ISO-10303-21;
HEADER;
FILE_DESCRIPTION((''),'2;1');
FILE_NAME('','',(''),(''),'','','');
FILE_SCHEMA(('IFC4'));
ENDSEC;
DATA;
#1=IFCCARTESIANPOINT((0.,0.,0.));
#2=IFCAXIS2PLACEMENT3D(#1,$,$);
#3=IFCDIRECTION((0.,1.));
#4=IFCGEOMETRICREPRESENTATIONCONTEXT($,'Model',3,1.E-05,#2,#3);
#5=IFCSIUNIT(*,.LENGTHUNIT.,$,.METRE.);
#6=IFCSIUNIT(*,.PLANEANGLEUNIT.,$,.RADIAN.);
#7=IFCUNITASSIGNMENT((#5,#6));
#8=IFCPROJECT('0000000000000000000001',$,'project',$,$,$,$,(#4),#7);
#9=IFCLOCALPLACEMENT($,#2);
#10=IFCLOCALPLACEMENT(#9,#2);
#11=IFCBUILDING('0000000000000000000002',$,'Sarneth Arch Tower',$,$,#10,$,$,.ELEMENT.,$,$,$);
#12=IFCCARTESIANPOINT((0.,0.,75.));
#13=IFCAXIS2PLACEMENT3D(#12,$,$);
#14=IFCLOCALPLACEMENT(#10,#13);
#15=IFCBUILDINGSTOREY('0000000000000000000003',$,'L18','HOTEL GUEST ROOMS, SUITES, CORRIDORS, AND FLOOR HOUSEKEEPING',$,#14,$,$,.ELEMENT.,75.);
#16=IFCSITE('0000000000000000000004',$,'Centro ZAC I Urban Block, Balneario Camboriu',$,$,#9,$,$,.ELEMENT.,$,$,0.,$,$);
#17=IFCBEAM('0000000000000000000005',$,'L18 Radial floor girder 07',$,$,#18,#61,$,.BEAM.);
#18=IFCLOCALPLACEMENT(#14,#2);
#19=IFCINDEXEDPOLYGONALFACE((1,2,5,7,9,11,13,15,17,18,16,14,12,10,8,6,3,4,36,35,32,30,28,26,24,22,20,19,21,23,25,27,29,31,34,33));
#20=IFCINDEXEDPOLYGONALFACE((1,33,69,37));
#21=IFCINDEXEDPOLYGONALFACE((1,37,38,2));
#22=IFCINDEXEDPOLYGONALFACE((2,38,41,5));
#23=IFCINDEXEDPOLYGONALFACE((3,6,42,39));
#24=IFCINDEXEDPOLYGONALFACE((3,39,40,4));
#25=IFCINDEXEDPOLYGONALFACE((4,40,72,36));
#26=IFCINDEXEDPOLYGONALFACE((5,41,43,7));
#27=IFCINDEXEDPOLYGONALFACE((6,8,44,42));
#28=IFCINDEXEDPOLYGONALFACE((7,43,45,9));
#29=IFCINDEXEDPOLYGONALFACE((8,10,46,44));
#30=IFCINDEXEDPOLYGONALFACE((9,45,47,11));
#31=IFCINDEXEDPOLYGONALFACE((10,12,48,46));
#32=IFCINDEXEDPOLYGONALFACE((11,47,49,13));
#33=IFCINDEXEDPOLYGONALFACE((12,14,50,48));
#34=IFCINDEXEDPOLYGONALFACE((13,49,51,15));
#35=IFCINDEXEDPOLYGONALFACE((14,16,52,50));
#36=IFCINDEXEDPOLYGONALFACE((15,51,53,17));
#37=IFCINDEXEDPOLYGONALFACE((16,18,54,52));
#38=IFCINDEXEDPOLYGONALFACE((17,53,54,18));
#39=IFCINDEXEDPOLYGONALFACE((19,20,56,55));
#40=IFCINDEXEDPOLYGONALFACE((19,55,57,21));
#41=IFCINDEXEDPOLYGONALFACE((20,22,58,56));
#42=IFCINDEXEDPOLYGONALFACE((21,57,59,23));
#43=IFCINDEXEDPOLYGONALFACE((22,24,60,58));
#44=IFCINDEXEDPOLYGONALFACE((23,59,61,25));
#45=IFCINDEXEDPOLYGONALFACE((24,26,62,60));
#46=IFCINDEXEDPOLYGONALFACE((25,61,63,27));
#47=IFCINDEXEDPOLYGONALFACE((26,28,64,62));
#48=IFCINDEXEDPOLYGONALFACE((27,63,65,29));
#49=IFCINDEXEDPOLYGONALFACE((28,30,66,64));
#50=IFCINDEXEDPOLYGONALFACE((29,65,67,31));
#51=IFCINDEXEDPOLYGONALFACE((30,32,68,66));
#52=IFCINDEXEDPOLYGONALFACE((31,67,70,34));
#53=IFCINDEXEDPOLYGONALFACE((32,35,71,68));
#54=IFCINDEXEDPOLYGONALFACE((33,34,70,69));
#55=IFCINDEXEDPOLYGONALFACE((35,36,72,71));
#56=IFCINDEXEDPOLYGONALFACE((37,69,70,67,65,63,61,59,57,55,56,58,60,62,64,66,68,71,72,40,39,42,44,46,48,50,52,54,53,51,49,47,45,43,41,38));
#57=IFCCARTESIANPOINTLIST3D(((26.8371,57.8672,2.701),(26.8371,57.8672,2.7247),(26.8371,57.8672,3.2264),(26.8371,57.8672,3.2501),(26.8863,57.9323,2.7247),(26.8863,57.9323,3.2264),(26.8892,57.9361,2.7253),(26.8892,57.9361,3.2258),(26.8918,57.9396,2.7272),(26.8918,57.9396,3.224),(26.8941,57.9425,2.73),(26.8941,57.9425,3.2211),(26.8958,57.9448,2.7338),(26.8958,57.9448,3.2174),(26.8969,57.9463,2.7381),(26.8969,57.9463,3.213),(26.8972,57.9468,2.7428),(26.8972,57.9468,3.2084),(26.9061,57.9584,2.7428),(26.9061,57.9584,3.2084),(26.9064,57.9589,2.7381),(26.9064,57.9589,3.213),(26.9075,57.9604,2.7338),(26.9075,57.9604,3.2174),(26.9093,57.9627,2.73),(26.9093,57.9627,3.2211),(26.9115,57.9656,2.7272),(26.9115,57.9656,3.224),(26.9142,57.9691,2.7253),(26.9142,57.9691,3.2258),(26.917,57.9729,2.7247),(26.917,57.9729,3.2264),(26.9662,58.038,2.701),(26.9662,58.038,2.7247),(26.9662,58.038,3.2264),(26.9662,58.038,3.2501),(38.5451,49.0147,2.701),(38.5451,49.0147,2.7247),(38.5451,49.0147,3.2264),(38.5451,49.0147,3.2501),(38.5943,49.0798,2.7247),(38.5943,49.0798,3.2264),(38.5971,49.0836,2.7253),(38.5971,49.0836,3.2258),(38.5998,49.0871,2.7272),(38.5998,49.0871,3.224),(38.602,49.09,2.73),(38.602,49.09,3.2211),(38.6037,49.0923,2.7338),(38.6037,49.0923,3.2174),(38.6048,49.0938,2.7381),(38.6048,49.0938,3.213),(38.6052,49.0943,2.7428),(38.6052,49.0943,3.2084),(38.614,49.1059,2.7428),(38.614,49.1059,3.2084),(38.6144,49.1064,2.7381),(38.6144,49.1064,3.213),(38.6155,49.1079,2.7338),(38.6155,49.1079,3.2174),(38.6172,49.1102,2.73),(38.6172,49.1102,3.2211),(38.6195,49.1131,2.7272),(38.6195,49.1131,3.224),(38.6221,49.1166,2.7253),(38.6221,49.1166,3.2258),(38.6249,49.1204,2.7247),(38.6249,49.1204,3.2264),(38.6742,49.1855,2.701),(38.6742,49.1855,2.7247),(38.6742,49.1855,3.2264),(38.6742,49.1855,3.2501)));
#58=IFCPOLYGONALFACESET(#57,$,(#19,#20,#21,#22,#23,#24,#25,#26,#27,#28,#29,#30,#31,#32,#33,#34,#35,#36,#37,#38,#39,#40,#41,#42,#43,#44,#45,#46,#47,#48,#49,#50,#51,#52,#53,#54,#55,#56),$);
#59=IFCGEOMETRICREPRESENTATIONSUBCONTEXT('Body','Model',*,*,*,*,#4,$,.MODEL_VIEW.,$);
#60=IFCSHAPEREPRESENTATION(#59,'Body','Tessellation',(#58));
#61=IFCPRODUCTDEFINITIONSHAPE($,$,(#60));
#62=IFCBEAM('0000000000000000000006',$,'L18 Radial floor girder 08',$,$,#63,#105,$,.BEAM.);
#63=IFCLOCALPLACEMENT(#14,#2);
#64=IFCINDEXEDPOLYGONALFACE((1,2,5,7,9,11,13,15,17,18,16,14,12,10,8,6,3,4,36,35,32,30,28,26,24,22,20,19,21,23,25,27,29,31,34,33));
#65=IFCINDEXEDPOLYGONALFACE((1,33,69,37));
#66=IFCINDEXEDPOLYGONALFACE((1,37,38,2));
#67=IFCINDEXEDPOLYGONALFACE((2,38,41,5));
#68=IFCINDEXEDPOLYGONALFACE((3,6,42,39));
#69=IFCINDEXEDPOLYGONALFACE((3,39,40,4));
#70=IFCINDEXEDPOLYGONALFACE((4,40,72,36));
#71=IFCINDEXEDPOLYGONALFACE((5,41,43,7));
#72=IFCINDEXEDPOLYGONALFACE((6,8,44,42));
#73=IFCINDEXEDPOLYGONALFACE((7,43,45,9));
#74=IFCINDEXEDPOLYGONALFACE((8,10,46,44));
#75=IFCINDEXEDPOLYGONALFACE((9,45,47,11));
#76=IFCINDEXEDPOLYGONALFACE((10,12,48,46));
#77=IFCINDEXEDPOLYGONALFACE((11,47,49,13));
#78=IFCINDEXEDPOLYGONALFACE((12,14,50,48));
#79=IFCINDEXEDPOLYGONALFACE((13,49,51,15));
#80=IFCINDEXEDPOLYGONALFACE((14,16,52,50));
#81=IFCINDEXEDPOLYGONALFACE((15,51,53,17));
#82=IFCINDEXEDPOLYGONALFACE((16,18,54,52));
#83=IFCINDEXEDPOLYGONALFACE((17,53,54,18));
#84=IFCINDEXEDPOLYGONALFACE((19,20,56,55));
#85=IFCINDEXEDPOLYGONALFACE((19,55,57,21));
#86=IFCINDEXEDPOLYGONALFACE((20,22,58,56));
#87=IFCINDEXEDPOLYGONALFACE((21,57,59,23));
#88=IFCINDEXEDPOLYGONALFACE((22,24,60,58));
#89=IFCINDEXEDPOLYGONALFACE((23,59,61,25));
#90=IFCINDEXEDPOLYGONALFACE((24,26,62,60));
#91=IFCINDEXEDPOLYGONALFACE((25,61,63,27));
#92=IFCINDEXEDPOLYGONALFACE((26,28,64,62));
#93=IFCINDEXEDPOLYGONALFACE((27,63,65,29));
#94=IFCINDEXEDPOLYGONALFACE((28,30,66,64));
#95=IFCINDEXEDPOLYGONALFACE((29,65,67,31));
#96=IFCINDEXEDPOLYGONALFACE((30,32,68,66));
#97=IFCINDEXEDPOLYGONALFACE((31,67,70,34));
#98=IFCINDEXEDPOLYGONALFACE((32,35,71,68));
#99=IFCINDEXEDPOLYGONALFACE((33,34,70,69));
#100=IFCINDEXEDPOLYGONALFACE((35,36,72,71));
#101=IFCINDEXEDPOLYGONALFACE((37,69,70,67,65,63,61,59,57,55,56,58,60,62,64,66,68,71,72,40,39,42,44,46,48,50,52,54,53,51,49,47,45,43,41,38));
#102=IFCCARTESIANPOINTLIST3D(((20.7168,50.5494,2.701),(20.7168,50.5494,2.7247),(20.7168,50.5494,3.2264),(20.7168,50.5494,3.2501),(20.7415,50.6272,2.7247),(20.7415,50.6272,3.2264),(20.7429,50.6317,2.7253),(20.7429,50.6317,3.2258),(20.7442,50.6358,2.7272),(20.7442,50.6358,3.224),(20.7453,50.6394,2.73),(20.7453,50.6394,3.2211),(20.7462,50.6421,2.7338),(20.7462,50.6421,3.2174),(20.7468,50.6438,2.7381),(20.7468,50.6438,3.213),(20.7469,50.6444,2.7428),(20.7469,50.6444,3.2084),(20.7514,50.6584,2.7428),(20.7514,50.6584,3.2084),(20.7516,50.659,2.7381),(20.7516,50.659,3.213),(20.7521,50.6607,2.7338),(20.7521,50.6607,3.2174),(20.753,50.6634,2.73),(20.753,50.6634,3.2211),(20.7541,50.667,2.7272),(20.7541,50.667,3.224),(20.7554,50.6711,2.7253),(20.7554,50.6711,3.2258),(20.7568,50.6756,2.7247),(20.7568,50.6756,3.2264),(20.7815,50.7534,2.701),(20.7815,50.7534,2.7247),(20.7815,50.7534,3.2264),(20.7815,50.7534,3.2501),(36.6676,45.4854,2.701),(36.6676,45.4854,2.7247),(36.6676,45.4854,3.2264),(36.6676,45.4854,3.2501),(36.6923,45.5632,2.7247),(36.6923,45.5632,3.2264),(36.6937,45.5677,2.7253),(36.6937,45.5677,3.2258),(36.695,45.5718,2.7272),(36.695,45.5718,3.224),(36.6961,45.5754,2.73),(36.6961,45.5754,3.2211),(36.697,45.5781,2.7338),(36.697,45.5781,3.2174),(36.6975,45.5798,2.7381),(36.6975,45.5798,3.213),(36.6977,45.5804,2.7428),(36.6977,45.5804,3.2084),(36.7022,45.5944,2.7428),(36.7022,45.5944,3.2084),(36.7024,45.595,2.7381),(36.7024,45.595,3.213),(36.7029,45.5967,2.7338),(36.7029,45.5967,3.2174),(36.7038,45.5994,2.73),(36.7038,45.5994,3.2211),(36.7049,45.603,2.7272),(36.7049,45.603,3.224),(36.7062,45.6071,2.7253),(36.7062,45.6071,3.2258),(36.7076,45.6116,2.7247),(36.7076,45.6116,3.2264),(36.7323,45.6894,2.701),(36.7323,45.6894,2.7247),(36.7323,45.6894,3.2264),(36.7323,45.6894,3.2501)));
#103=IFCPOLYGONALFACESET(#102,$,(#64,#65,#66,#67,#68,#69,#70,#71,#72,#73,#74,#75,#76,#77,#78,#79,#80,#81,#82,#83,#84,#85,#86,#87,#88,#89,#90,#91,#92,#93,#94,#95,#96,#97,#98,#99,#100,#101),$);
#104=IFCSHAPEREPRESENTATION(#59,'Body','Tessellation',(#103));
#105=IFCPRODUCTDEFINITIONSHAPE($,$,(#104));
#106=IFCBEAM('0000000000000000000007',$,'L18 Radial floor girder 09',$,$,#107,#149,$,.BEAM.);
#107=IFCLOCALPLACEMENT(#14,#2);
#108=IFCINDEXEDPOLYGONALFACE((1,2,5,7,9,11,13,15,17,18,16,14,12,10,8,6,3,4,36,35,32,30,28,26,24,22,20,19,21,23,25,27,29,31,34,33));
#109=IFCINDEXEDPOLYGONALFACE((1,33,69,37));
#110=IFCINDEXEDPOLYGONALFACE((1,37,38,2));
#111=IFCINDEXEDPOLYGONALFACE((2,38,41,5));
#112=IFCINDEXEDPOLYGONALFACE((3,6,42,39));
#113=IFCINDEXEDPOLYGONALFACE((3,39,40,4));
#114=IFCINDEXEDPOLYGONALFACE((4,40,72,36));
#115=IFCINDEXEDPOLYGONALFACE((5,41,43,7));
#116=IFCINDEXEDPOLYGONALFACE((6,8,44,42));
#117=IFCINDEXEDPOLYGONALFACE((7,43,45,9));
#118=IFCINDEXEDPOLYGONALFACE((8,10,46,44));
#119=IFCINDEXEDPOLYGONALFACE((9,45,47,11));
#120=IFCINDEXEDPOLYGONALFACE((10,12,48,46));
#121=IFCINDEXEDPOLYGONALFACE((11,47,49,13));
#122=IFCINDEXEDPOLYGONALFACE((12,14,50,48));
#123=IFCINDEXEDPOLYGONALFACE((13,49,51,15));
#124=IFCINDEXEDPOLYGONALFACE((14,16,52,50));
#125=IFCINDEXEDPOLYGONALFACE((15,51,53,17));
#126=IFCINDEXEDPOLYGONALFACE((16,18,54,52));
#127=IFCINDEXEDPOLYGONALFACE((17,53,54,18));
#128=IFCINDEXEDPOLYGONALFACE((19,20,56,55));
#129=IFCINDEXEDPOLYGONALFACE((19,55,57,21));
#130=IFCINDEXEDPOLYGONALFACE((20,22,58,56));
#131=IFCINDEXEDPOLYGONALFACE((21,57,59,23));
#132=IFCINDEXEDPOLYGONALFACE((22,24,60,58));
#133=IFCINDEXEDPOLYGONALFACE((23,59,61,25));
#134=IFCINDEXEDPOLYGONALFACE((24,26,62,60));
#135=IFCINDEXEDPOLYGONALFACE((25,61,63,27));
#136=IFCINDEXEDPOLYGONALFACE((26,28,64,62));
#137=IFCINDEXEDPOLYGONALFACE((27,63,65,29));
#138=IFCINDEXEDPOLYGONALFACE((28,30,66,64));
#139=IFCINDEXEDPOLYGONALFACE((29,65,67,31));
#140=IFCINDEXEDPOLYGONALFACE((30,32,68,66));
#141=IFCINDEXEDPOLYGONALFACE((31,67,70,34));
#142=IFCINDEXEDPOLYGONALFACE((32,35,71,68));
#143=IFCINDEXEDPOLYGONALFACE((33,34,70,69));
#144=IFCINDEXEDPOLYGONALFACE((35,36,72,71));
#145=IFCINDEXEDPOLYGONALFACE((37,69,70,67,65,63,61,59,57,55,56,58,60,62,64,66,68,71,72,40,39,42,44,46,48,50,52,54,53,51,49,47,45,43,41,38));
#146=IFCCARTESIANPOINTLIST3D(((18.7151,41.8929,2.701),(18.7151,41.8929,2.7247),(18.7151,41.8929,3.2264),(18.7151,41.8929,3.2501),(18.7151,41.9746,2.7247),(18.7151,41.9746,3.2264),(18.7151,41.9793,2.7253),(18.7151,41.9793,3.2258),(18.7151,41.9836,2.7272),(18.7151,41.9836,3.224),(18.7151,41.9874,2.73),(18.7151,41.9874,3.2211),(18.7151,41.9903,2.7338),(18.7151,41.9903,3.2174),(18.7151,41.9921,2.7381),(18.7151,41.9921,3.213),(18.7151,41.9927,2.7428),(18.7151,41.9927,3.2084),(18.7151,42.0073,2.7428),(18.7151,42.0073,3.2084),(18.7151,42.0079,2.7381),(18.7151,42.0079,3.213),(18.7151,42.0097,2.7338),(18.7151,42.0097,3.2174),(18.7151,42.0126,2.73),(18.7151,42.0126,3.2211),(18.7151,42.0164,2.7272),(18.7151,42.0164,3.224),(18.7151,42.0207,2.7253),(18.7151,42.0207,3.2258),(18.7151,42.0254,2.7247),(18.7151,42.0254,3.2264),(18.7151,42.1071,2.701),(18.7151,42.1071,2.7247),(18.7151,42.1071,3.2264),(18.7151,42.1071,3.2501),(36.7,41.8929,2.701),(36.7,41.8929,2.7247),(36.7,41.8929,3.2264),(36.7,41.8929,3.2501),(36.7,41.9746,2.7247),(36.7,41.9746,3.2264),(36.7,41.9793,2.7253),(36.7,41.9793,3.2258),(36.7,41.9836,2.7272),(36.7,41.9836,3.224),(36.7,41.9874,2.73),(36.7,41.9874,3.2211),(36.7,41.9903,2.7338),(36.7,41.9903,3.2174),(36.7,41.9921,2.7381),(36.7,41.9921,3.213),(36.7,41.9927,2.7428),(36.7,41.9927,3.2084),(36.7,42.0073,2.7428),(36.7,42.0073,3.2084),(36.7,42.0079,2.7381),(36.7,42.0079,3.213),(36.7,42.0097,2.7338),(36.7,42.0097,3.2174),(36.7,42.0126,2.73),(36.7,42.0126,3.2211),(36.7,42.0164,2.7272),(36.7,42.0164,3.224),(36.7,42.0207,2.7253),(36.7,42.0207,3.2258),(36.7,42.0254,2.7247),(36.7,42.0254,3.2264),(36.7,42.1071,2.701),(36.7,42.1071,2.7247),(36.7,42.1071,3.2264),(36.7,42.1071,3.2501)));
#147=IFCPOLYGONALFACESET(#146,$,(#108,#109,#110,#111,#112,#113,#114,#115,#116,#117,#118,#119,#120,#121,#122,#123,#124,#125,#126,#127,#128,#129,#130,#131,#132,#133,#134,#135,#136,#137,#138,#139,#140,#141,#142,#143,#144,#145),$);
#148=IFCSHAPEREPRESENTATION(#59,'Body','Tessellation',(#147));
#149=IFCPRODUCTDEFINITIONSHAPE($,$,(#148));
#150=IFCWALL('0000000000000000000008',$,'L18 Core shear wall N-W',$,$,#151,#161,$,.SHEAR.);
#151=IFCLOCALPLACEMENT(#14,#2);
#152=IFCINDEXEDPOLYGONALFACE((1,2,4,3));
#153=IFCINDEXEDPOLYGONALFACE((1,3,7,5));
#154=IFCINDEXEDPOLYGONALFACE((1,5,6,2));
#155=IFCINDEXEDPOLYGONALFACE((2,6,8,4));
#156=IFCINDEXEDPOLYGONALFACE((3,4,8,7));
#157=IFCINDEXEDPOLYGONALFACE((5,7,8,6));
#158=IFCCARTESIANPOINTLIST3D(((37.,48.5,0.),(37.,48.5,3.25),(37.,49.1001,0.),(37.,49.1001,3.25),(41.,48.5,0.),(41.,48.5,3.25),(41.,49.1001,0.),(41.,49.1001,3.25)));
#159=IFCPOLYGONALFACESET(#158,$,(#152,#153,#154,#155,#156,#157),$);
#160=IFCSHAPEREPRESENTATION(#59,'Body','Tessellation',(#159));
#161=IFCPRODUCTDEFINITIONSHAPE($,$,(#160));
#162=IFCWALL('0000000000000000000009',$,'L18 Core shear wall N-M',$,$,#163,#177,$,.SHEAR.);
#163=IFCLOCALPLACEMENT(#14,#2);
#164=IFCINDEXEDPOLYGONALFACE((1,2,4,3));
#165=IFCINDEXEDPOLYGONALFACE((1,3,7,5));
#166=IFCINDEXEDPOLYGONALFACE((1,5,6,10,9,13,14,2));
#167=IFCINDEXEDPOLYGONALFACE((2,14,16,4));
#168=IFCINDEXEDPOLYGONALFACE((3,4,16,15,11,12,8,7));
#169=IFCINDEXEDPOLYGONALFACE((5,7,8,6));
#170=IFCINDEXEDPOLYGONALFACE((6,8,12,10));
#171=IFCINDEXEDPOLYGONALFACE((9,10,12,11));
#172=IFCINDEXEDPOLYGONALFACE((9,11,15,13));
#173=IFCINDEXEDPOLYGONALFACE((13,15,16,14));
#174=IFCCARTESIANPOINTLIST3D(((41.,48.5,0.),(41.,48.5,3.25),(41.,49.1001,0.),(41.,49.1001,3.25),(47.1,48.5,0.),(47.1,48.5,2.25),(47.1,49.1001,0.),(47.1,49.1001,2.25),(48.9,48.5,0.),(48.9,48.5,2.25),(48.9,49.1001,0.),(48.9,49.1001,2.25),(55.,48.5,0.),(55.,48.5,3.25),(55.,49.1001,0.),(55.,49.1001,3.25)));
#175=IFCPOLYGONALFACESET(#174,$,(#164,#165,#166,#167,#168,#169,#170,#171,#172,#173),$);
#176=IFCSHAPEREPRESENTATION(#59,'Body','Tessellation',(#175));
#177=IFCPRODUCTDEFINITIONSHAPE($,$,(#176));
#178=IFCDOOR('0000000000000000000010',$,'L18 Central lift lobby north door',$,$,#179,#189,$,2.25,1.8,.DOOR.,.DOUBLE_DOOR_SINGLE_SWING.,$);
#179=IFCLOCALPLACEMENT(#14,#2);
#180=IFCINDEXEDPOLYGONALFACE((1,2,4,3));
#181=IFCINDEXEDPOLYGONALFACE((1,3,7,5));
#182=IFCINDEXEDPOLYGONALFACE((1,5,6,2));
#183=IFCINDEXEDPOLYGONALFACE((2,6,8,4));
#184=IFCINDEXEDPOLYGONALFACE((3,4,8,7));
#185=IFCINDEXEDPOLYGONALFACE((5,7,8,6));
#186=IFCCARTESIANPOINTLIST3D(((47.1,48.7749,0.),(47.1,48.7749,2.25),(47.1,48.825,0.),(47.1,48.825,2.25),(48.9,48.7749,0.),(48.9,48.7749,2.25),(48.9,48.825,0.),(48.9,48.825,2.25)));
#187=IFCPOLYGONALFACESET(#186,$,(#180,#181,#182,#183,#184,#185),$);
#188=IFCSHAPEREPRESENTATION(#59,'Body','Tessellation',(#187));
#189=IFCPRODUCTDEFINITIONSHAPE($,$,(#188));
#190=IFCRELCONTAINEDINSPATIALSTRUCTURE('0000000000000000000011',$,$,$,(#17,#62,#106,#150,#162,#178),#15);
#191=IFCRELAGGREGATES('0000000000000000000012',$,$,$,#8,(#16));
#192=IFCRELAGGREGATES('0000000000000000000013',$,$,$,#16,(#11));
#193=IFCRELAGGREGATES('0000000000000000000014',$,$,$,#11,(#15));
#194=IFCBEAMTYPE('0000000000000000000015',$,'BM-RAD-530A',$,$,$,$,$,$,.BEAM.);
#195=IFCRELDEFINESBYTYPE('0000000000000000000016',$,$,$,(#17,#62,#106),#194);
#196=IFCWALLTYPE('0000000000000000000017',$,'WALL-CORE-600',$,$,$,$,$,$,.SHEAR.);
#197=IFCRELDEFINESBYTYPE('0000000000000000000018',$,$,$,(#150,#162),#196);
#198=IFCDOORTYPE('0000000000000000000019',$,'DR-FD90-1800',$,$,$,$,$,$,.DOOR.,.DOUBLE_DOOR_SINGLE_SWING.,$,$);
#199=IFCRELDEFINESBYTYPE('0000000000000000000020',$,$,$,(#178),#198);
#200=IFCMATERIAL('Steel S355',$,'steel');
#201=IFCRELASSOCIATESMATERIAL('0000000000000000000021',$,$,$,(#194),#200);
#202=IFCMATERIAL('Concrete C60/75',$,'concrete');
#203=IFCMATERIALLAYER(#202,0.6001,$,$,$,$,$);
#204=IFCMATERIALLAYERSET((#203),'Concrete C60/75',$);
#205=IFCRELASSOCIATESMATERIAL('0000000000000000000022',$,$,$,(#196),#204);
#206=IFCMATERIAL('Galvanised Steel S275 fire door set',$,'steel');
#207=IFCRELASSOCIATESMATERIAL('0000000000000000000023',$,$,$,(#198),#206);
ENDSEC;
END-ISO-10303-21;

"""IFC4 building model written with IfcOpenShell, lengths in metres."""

from ifc_helpers import new_model, si_unit, direction, frame, frame_2d, origin, origin_2d, place, context, subcontext, project, spatial, rectangle, i_section, extrude, material, layer, layer_set, material_profile, profile_set, type_object, element, fill, save


model = new_model("IFC4")

# Units and contexts
model_context = context("Model", 3, precision=1e-05, world=origin(), true_north=direction((0.0, 1.0)))
body_context = subcontext(model_context, "Body", "Model", "MODEL_VIEW")
ifc_project = project(units=[si_unit("LENGTHUNIT", "METRE"), si_unit("PLANEANGLEUNIT", "RADIAN")], contexts=[model_context])

# Site, building, storey
site_placement = place(None, origin())
site = spatial("IfcSite", under=ifc_project, at=site_placement, Name="Centro ZAC I Urban Block, Balneario Camboriu", CompositionType="ELEMENT", RefElevation=0.0)
building_placement = place(site_placement, origin())
building = spatial("IfcBuilding", under=site, at=building_placement, Name="Sarneth Arch Tower", CompositionType="ELEMENT")
storey_placement = place(building_placement, frame((0.0, 0.0, 75.0)))
storey = spatial("IfcBuildingStorey", under=building, at=storey_placement, Name="L18", Description="HOTEL GUEST ROOMS, SUITES, CORRIDORS, AND FLOOR HOUSEKEEPING", CompositionType="ELEMENT", Elevation=75.0)

# Beams
ifc_material_1 = material(Name="Steel S355", Category="steel")
ifc_material_profile = material_profile(ifc_material_1, i_section(OverallWidth=0.2141, OverallDepth=0.5491, WebThickness=0.0146, FlangeThickness=0.0237, FilletRadius=0.0181, at=origin_2d()), Name="W530x138")
ifc_profile_set = profile_set([ifc_material_profile], Name="Steel S355")
beam_type = type_object("IfcBeamType", Name="BM-RAD-530A", PredefinedType="BEAM", material=ifc_profile_set)
beam_1_placement = place(storey_placement, frame((38.6096, 49.1001, 2.9756), z_axis=(-0.797655, 0.603114, 0.0), x_axis=(-0.603114, -0.797655, 0.0)))
element("IfcBeam", 1, at=beam_1_placement, inside=storey, type_object=beam_type, Name="L18 Radial floor girder 07", PredefinedType="BEAM", context=body_context, shape_type="SweptSolid", body=[
    extrude(i_section(OverallWidth=0.2141, OverallDepth=0.5491, WebThickness=0.0146, FlangeThickness=0.0237, FilletRadius=0.0181, at=origin_2d()), origin(), (0.0, 0.0, 1.0), 14.678),
])
beam_2_placement = place(storey_placement, frame((36.7, 45.5874, 2.9756), z_axis=(-0.95312, 0.302593, 0.0), x_axis=(-0.302593, -0.95312, 0.0)))
element("IfcBeam", 2, at=beam_2_placement, inside=storey, type_object=beam_type, Name="L18 Radial floor girder 08", PredefinedType="BEAM", context=body_context, shape_type="SweptSolid", body=[
    extrude(i_section(OverallWidth=0.2141, OverallDepth=0.5491, WebThickness=0.0146, FlangeThickness=0.0237, FilletRadius=0.0181, at=origin_2d()), origin(), (0.0, 0.0, 1.0), 16.7354),
])
beam_3_placement = place(storey_placement, frame((36.7, 42.0, 2.9756), z_axis=(-1.0, 0.0, 0.0), x_axis=(0.0, -1.0, 0.0)))
element("IfcBeam", 3, at=beam_3_placement, inside=storey, type_object=beam_type, Name="L18 Radial floor girder 09", PredefinedType="BEAM", context=body_context, shape_type="SweptSolid", body=[
    extrude(i_section(OverallWidth=0.2141, OverallDepth=0.5491, WebThickness=0.0146, FlangeThickness=0.0237, FilletRadius=0.0181, at=origin_2d()), origin(), (0.0, 0.0, 1.0), 17.9849),
])

# Wall
ifc_material_2 = material(Name="Concrete C60/75", Category="concrete")
ifc_layer_1 = layer(ifc_material_2, 0.6001)
ifc_layer_set_1 = layer_set([ifc_layer_1], Name="Concrete C60/75")
wall_type_1 = type_object("IfcWallType", Name="WALL-CORE-600", PredefinedType="SHEAR", material=ifc_layer_set_1)
wall_1_placement = place(storey_placement, frame((37.0, 48.8, 0.0), z_axis=(0.0, 0.0, 1.0), x_axis=(1.0, 0.0, 0.0)))
element("IfcWall", 4, at=wall_1_placement, inside=storey, type_object=wall_type_1, Name="L18 Core shear wall N-W", PredefinedType="SHEAR", context=body_context, shape_type="SweptSolid", body=[
    extrude(rectangle(XDim=4.0, YDim=0.6001, at=frame_2d((2.0, 0.0))), origin(), (0.0, 0.0, 1.0), 3.25),
])

# Wall, opening, door
wall_2_placement = place(storey_placement, frame((41.0, 48.8, 0.0), z_axis=(0.0, 0.0, 1.0), x_axis=(1.0, 0.0, 0.0)))
wall_2 = element("IfcWall", 5, at=wall_2_placement, inside=storey, type_object=wall_type_1, Name="L18 Core shear wall N-M", PredefinedType="SHEAR", context=body_context, shape_type="SweptSolid", body=[
    extrude(rectangle(XDim=14.0, YDim=0.6001, at=frame_2d((7.0, 0.0))), origin(), (0.0, 0.0, 1.0), 3.25),
])
opening_1_placement = place(wall_2_placement, frame((6.1001, 0.0, 0.0)))
opening_1 = element("IfcOpeningElement", 6, at=opening_1_placement, cuts=wall_2, PredefinedType="OPENING", context=body_context, shape_type="SweptSolid", body=[
    extrude(rectangle(XDim=1.8, YDim=2.25, at=frame_2d((0.8999, 1.125))), frame((0.0, 0.3101, 0.0), z_axis=(0.0, -1.0, 0.0), x_axis=(1.0, 0.0, 0.0)), (0.0, 0.0, 1.0), 0.6201),
])
ifc_material_3 = material(Name="Galvanised Steel S275 fire door set", Category="steel")
door_type_1 = type_object("IfcDoorType", Name="DR-FD90-1800", OperationType="DOUBLE_DOOR_SINGLE_SWING", PredefinedType="DOOR", material=ifc_material_3)
door_1_placement = place(opening_1_placement, origin())
door_1 = element("IfcDoor", 7, at=door_1_placement, inside=storey, type_object=door_type_1, Name="L18 Central lift lobby north door", OperationType="DOUBLE_DOOR_SINGLE_SWING", OverallHeight=2.25, OverallWidth=1.8, PredefinedType="DOOR", context=body_context, shape_type="SweptSolid", body=[
    extrude(rectangle(XDim=1.8, YDim=2.25, at=frame_2d((0.8999, 1.125))), frame((0.0, 0.0249, 0.0), z_axis=(0.0, -1.0, 0.0), x_axis=(1.0, 0.0, 0.0)), (0.0, 0.0, 1.0), 0.05),
])
fill(opening_1, door_1)

save(model, "model.ifc")
